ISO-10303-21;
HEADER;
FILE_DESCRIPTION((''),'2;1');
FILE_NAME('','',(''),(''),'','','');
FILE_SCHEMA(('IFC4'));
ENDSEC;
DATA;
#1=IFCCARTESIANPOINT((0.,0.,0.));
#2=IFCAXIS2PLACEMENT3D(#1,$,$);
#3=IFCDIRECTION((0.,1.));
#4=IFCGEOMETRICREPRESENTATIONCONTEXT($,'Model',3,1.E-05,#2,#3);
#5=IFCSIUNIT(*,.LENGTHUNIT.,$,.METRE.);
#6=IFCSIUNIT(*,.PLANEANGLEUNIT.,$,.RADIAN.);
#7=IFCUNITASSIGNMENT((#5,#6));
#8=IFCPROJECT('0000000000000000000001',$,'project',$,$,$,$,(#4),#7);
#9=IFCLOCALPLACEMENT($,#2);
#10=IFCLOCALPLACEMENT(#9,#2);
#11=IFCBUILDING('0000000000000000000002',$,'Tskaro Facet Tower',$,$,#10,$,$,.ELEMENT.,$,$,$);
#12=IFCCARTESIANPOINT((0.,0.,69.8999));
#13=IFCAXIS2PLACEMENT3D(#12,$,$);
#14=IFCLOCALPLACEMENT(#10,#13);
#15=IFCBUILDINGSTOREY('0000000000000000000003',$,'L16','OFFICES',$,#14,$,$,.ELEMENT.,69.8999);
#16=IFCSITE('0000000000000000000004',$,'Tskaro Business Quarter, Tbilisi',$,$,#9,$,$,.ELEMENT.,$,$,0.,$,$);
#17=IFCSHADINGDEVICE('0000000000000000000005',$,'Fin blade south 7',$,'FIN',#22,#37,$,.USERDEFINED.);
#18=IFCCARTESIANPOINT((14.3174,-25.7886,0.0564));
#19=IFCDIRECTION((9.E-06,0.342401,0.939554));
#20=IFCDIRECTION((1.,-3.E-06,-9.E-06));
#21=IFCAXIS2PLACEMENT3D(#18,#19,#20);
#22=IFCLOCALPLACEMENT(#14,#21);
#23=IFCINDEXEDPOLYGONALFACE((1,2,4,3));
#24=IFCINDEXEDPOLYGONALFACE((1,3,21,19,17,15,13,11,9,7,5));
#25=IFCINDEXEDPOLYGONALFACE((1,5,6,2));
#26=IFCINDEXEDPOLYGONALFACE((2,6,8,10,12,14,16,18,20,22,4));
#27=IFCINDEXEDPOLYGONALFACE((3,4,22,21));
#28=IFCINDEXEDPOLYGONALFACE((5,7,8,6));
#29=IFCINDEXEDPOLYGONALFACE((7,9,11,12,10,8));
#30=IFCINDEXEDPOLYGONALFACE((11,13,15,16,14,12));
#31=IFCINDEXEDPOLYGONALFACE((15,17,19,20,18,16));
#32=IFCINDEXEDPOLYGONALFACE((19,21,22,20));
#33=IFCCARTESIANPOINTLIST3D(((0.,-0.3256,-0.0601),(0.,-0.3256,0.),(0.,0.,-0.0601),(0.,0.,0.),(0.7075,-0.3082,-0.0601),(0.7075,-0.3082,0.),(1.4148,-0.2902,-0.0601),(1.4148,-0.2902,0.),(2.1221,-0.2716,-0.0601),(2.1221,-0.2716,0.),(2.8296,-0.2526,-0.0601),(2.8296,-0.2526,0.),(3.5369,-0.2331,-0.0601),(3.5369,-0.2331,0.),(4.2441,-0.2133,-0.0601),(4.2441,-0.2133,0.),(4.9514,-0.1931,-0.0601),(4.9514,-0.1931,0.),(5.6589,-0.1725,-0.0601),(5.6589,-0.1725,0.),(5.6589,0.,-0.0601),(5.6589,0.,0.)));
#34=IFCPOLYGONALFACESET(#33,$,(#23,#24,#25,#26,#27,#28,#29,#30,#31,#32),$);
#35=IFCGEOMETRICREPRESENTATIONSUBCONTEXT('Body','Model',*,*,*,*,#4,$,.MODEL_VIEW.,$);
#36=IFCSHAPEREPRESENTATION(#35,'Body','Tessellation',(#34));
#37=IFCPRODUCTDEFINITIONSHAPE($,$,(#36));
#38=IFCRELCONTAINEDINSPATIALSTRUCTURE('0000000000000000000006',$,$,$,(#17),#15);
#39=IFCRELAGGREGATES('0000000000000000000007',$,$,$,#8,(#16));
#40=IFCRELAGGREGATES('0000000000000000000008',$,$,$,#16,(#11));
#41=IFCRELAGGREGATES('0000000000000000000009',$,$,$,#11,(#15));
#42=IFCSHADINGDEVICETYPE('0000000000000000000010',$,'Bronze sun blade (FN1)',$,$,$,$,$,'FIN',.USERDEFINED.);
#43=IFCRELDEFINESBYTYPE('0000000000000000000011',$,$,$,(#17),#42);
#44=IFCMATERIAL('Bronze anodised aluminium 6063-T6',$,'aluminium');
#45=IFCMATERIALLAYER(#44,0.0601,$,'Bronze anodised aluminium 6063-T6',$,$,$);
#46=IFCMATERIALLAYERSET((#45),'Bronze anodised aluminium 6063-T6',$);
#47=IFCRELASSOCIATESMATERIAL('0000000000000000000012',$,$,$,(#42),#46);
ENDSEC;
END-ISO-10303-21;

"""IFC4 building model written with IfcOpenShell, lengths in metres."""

from ifc_helpers import new_model, si_unit, direction, frame, origin, place, context, subcontext, project, spatial, polyline, outline, extrude, material, layer, layer_set, type_object, element, save


model = new_model("IFC4")

# Units and contexts
model_context = context("Model", 3, precision=1e-05, world=origin(), true_north=direction((0.0, 1.0)))
body_context = subcontext(model_context, "Body", "Model", "MODEL_VIEW")
ifc_project = project(units=[si_unit("LENGTHUNIT", "METRE"), si_unit("PLANEANGLEUNIT", "RADIAN")], contexts=[model_context])

# Site, building, storey
site_placement = place(None, origin())
site = spatial("IfcSite", under=ifc_project, at=site_placement, Name="Tskaro Business Quarter, Tbilisi", CompositionType="ELEMENT", RefElevation=0.0)
building_placement = place(site_placement, origin())
building = spatial("IfcBuilding", under=site, at=building_placement, Name="Tskaro Facet Tower", CompositionType="ELEMENT")
storey_placement = place(building_placement, frame((0.0, 0.0, 69.8999)))
storey = spatial("IfcBuildingStorey", under=building, at=storey_placement, Name="L16", Description="OFFICES", CompositionType="ELEMENT", Elevation=69.8999)

# Shared definitions
ifc_material_1 = material(Name="Bronze anodised aluminium 6063-T6", Category="aluminium")

# Shading device
ifc_layer_1 = layer(ifc_material_1, 0.0601, Name="Bronze anodised aluminium 6063-T6")
ifc_layer_set_1 = layer_set([ifc_layer_1], Name="Bronze anodised aluminium 6063-T6")
shading_device_type = type_object("IfcShadingDeviceType", Name="Bronze sun blade (FN1)", ElementType="FIN", PredefinedType="USERDEFINED", material=ifc_layer_set_1)
shading_device_1_placement = place(storey_placement, frame((14.3174, -25.7886, 0.0564), z_axis=(0.000009, 0.342401, 0.939554), x_axis=(1.0, -0.000003, -0.000009)))
element("IfcShadingDevice", 1, at=shading_device_1_placement, inside=storey, type_object=shading_device_type, Name="Fin blade south 7", ObjectType="FIN", PredefinedType="USERDEFINED", context=body_context, shape_type="SweptSolid", body=[
    extrude(outline(polyline([(0.0, 0.0), (5.6589, 0.0), (5.6589, -0.1725), (4.9514, -0.1931), (4.2441, -0.2133), (3.5369, -0.2331), (2.8296, -0.2526), (2.1221, -0.2716), (1.4148, -0.2902), (0.7075, -0.3082), (0.0, -0.3256), (0.0, 0.0)])), origin(), (0.0, 0.0, -1.0), 0.0601),
])

save(model, "model.ifc")
